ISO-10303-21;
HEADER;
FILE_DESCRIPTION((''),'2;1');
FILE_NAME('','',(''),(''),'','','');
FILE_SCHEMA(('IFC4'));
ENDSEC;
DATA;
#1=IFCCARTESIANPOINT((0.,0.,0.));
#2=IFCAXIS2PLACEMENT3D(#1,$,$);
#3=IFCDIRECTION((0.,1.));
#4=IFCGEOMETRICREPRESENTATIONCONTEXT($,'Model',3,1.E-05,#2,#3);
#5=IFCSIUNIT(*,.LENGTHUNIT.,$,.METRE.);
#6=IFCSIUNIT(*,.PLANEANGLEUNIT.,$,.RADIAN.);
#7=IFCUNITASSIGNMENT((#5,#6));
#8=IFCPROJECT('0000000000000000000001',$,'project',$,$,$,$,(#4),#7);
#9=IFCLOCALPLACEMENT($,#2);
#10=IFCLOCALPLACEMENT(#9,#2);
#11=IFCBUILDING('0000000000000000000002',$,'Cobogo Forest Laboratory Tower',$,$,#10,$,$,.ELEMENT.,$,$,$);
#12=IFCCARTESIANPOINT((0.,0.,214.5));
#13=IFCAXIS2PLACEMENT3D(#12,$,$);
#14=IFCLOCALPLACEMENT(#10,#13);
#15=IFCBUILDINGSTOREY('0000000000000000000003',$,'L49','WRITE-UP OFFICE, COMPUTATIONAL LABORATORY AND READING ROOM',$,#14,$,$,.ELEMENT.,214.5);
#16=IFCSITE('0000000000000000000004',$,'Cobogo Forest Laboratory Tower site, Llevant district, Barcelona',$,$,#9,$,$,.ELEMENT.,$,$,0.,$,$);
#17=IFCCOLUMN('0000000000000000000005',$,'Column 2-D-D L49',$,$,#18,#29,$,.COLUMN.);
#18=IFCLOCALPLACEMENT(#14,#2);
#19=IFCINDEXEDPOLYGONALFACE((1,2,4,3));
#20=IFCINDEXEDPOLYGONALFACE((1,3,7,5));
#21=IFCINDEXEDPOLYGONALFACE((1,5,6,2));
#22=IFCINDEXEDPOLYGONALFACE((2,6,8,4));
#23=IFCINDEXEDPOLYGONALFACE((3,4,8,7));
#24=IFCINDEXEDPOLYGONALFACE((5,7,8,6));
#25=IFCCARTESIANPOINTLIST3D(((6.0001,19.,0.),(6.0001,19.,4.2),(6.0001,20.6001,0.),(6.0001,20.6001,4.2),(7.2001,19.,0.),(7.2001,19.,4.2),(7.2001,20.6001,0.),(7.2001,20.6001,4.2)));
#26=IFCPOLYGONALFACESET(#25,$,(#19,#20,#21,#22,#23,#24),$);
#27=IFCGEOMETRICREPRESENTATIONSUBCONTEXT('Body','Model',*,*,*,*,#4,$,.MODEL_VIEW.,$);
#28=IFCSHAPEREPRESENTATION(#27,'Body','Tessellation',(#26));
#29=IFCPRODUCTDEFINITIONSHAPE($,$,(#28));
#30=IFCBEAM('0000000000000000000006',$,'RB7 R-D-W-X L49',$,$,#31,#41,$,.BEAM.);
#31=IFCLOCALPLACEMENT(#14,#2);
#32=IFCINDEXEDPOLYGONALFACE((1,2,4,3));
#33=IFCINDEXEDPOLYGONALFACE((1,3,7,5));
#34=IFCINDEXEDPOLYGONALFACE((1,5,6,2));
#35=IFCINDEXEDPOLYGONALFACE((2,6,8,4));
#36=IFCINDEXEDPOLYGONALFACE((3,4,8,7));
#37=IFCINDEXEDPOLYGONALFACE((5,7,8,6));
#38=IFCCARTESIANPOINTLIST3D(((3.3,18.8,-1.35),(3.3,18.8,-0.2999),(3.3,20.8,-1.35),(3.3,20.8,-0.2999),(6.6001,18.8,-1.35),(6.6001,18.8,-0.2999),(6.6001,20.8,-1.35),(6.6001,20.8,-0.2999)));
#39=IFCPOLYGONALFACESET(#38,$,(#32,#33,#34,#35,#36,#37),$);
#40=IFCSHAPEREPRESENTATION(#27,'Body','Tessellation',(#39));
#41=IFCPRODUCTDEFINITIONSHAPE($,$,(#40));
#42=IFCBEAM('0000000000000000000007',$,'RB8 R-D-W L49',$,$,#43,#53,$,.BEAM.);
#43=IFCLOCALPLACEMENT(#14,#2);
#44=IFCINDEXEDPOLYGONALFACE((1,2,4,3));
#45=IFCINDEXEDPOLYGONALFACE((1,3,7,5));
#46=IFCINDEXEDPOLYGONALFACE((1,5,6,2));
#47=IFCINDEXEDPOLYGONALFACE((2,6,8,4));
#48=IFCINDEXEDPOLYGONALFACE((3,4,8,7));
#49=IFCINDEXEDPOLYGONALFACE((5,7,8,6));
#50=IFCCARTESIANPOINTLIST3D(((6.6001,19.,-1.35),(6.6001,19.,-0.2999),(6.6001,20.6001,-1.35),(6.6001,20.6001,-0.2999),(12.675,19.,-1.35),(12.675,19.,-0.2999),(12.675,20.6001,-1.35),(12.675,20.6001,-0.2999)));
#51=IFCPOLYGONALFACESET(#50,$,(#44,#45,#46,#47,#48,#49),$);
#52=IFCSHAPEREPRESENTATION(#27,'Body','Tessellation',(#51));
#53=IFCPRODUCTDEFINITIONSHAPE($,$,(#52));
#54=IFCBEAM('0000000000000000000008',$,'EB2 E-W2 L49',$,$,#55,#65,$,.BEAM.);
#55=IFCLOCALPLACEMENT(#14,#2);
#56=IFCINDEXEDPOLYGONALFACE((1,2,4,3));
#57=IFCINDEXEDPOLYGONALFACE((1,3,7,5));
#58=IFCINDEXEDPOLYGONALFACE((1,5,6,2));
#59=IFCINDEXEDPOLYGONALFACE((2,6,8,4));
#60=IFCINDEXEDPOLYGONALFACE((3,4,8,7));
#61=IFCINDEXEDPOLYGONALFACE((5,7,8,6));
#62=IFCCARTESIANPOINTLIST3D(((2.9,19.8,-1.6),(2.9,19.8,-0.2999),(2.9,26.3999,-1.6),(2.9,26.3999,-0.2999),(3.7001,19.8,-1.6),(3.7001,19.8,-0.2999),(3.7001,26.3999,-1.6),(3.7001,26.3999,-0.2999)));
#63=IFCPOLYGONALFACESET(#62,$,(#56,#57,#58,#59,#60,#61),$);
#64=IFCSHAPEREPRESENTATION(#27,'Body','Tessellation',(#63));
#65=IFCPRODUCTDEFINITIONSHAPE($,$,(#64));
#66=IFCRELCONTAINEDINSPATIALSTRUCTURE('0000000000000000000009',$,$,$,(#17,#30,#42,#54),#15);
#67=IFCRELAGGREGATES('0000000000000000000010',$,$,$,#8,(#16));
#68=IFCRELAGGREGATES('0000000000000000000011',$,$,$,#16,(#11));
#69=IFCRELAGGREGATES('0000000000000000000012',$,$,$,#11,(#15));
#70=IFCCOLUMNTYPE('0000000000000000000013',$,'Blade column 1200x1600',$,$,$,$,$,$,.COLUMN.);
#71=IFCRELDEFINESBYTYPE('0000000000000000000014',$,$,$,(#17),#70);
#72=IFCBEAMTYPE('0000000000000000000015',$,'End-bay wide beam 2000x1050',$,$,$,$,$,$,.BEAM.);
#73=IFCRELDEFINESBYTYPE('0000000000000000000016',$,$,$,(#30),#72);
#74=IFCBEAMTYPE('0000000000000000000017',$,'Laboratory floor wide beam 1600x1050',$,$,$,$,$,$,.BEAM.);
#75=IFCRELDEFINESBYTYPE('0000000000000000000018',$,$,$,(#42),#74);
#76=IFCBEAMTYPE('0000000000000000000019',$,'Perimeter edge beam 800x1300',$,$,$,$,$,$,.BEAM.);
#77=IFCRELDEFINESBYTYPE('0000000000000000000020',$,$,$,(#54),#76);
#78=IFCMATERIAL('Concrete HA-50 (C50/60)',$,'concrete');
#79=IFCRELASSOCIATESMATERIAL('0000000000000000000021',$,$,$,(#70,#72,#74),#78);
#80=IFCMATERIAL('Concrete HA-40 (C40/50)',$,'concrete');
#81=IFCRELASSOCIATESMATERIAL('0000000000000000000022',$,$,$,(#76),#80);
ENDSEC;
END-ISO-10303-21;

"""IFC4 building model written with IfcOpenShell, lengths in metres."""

from ifc_helpers import new_model, si_unit, direction, frame, origin, origin_2d, place, context, subcontext, project, spatial, rectangle, extrude, material, material_profile, profile_set, type_object, element, save


model = new_model("IFC4")

# Units and contexts
model_context = context("Model", 3, precision=1e-05, world=origin(), true_north=direction((0.0, 1.0)))
body_context = subcontext(model_context, "Body", "Model", "MODEL_VIEW")
ifc_project = project(units=[si_unit("LENGTHUNIT", "METRE"), si_unit("PLANEANGLEUNIT", "RADIAN")], contexts=[model_context])

# Site, building, storey
site_placement = place(None, origin())
site = spatial("IfcSite", under=ifc_project, at=site_placement, Name="Cobogo Forest Laboratory Tower site, Llevant district, Barcelona", CompositionType="ELEMENT", RefElevation=0.0)
building_placement = place(site_placement, origin())
building = spatial("IfcBuilding", under=site, at=building_placement, Name="Cobogo Forest Laboratory Tower", CompositionType="ELEMENT")
storey_placement = place(building_placement, frame((0.0, 0.0, 214.5)))
storey = spatial("IfcBuildingStorey", under=building, at=storey_placement, Name="L49", Description="WRITE-UP OFFICE, COMPUTATIONAL LABORATORY AND READING ROOM", CompositionType="ELEMENT", Elevation=214.5)

# Column
ifc_material_1 = material(Name="Concrete HA-50 (C50/60)", Category="concrete")
ifc_material_profile_1 = material_profile(ifc_material_1, rectangle(XDim=1.6001, YDim=1.2, at=origin_2d()), Name="RC 1200x1600")
ifc_profile_set_1 = profile_set([ifc_material_profile_1], Name="Concrete HA-50 (C50/60)")
column_type = type_object("IfcColumnType", Name="Blade column 1200x1600", PredefinedType="COLUMN", material=ifc_profile_set_1)
column_placement = place(storey_placement, frame((6.6001, 19.8, 0.0), z_axis=(0.0, 0.0, 1.0), x_axis=(0.0, 1.0, 0.0)))
element("IfcColumn", 1, at=column_placement, inside=storey, type_object=column_type, Name="Column 2-D-D L49", PredefinedType="COLUMN", context=body_context, shape_type="SweptSolid", body=[
    extrude(rectangle(XDim=1.6001, YDim=1.2, at=origin_2d()), origin(), (0.0, 0.0, 1.0), 4.2),
])

# Beams
ifc_material_profile_2 = material_profile(ifc_material_1, rectangle(XDim=2.0, YDim=1.05, at=origin_2d()), Name="RC 2000x1050")
ifc_profile_set_2 = profile_set([ifc_material_profile_2], Name="Concrete HA-50 (C50/60)")
beam_type_1 = type_object("IfcBeamType", Name="End-bay wide beam 2000x1050", PredefinedType="BEAM", material=ifc_profile_set_2)
beam_1_placement = place(storey_placement, frame((3.3, 19.8, -0.825), z_axis=(1.0, 0.0, 0.0), x_axis=(0.0, 1.0, 0.0)))
element("IfcBeam", 2, at=beam_1_placement, inside=storey, type_object=beam_type_1, Name="RB7 R-D-W-X L49", PredefinedType="BEAM", context=body_context, shape_type="SweptSolid", body=[
    extrude(rectangle(XDim=2.0, YDim=1.05, at=origin_2d()), origin(), (0.0, 0.0, 1.0), 3.3),
])
ifc_material_profile_3 = material_profile(ifc_material_1, rectangle(XDim=1.6001, YDim=1.05, at=origin_2d()), Name="RC 1600x1050")
ifc_profile_set_3 = profile_set([ifc_material_profile_3], Name="Concrete HA-50 (C50/60)")
beam_type_2 = type_object("IfcBeamType", Name="Laboratory floor wide beam 1600x1050", PredefinedType="BEAM", material=ifc_profile_set_3)
beam_2_placement = place(storey_placement, frame((12.675, 19.8, -0.825), z_axis=(-1.0, 0.0, 0.0), x_axis=(0.0, -1.0, 0.0)))
element("IfcBeam", 3, at=beam_2_placement, inside=storey, type_object=beam_type_2, Name="RB8 R-D-W L49", PredefinedType="BEAM", context=body_context, shape_type="SweptSolid", body=[
    extrude(rectangle(XDim=1.6001, YDim=1.05, at=origin_2d()), origin(), (0.0, 0.0, 1.0), 6.075),
])
ifc_material_2 = material(Name="Concrete HA-40 (C40/50)", Category="concrete")
ifc_material_profile_4 = material_profile(ifc_material_2, rectangle(XDim=0.8, YDim=1.3, at=origin_2d()), Name="RC 800x1300")
ifc_profile_set_4 = profile_set([ifc_material_profile_4], Name="Concrete HA-40 (C40/50)")
beam_type_3 = type_object("IfcBeamType", Name="Perimeter edge beam 800x1300", PredefinedType="BEAM", material=ifc_profile_set_4)
beam_3_placement = place(storey_placement, frame((3.3, 19.8, -0.95), z_axis=(0.0, 1.0, 0.0), x_axis=(-1.0, 0.0, 0.0)))
element("IfcBeam", 4, at=beam_3_placement, inside=storey, type_object=beam_type_3, Name="EB2 E-W2 L49", PredefinedType="BEAM", context=body_context, shape_type="SweptSolid", body=[
    extrude(rectangle(XDim=0.8, YDim=1.3, at=origin_2d()), origin(), (0.0, 0.0, 1.0), 6.5999),
])

save(model, "model.ifc")
